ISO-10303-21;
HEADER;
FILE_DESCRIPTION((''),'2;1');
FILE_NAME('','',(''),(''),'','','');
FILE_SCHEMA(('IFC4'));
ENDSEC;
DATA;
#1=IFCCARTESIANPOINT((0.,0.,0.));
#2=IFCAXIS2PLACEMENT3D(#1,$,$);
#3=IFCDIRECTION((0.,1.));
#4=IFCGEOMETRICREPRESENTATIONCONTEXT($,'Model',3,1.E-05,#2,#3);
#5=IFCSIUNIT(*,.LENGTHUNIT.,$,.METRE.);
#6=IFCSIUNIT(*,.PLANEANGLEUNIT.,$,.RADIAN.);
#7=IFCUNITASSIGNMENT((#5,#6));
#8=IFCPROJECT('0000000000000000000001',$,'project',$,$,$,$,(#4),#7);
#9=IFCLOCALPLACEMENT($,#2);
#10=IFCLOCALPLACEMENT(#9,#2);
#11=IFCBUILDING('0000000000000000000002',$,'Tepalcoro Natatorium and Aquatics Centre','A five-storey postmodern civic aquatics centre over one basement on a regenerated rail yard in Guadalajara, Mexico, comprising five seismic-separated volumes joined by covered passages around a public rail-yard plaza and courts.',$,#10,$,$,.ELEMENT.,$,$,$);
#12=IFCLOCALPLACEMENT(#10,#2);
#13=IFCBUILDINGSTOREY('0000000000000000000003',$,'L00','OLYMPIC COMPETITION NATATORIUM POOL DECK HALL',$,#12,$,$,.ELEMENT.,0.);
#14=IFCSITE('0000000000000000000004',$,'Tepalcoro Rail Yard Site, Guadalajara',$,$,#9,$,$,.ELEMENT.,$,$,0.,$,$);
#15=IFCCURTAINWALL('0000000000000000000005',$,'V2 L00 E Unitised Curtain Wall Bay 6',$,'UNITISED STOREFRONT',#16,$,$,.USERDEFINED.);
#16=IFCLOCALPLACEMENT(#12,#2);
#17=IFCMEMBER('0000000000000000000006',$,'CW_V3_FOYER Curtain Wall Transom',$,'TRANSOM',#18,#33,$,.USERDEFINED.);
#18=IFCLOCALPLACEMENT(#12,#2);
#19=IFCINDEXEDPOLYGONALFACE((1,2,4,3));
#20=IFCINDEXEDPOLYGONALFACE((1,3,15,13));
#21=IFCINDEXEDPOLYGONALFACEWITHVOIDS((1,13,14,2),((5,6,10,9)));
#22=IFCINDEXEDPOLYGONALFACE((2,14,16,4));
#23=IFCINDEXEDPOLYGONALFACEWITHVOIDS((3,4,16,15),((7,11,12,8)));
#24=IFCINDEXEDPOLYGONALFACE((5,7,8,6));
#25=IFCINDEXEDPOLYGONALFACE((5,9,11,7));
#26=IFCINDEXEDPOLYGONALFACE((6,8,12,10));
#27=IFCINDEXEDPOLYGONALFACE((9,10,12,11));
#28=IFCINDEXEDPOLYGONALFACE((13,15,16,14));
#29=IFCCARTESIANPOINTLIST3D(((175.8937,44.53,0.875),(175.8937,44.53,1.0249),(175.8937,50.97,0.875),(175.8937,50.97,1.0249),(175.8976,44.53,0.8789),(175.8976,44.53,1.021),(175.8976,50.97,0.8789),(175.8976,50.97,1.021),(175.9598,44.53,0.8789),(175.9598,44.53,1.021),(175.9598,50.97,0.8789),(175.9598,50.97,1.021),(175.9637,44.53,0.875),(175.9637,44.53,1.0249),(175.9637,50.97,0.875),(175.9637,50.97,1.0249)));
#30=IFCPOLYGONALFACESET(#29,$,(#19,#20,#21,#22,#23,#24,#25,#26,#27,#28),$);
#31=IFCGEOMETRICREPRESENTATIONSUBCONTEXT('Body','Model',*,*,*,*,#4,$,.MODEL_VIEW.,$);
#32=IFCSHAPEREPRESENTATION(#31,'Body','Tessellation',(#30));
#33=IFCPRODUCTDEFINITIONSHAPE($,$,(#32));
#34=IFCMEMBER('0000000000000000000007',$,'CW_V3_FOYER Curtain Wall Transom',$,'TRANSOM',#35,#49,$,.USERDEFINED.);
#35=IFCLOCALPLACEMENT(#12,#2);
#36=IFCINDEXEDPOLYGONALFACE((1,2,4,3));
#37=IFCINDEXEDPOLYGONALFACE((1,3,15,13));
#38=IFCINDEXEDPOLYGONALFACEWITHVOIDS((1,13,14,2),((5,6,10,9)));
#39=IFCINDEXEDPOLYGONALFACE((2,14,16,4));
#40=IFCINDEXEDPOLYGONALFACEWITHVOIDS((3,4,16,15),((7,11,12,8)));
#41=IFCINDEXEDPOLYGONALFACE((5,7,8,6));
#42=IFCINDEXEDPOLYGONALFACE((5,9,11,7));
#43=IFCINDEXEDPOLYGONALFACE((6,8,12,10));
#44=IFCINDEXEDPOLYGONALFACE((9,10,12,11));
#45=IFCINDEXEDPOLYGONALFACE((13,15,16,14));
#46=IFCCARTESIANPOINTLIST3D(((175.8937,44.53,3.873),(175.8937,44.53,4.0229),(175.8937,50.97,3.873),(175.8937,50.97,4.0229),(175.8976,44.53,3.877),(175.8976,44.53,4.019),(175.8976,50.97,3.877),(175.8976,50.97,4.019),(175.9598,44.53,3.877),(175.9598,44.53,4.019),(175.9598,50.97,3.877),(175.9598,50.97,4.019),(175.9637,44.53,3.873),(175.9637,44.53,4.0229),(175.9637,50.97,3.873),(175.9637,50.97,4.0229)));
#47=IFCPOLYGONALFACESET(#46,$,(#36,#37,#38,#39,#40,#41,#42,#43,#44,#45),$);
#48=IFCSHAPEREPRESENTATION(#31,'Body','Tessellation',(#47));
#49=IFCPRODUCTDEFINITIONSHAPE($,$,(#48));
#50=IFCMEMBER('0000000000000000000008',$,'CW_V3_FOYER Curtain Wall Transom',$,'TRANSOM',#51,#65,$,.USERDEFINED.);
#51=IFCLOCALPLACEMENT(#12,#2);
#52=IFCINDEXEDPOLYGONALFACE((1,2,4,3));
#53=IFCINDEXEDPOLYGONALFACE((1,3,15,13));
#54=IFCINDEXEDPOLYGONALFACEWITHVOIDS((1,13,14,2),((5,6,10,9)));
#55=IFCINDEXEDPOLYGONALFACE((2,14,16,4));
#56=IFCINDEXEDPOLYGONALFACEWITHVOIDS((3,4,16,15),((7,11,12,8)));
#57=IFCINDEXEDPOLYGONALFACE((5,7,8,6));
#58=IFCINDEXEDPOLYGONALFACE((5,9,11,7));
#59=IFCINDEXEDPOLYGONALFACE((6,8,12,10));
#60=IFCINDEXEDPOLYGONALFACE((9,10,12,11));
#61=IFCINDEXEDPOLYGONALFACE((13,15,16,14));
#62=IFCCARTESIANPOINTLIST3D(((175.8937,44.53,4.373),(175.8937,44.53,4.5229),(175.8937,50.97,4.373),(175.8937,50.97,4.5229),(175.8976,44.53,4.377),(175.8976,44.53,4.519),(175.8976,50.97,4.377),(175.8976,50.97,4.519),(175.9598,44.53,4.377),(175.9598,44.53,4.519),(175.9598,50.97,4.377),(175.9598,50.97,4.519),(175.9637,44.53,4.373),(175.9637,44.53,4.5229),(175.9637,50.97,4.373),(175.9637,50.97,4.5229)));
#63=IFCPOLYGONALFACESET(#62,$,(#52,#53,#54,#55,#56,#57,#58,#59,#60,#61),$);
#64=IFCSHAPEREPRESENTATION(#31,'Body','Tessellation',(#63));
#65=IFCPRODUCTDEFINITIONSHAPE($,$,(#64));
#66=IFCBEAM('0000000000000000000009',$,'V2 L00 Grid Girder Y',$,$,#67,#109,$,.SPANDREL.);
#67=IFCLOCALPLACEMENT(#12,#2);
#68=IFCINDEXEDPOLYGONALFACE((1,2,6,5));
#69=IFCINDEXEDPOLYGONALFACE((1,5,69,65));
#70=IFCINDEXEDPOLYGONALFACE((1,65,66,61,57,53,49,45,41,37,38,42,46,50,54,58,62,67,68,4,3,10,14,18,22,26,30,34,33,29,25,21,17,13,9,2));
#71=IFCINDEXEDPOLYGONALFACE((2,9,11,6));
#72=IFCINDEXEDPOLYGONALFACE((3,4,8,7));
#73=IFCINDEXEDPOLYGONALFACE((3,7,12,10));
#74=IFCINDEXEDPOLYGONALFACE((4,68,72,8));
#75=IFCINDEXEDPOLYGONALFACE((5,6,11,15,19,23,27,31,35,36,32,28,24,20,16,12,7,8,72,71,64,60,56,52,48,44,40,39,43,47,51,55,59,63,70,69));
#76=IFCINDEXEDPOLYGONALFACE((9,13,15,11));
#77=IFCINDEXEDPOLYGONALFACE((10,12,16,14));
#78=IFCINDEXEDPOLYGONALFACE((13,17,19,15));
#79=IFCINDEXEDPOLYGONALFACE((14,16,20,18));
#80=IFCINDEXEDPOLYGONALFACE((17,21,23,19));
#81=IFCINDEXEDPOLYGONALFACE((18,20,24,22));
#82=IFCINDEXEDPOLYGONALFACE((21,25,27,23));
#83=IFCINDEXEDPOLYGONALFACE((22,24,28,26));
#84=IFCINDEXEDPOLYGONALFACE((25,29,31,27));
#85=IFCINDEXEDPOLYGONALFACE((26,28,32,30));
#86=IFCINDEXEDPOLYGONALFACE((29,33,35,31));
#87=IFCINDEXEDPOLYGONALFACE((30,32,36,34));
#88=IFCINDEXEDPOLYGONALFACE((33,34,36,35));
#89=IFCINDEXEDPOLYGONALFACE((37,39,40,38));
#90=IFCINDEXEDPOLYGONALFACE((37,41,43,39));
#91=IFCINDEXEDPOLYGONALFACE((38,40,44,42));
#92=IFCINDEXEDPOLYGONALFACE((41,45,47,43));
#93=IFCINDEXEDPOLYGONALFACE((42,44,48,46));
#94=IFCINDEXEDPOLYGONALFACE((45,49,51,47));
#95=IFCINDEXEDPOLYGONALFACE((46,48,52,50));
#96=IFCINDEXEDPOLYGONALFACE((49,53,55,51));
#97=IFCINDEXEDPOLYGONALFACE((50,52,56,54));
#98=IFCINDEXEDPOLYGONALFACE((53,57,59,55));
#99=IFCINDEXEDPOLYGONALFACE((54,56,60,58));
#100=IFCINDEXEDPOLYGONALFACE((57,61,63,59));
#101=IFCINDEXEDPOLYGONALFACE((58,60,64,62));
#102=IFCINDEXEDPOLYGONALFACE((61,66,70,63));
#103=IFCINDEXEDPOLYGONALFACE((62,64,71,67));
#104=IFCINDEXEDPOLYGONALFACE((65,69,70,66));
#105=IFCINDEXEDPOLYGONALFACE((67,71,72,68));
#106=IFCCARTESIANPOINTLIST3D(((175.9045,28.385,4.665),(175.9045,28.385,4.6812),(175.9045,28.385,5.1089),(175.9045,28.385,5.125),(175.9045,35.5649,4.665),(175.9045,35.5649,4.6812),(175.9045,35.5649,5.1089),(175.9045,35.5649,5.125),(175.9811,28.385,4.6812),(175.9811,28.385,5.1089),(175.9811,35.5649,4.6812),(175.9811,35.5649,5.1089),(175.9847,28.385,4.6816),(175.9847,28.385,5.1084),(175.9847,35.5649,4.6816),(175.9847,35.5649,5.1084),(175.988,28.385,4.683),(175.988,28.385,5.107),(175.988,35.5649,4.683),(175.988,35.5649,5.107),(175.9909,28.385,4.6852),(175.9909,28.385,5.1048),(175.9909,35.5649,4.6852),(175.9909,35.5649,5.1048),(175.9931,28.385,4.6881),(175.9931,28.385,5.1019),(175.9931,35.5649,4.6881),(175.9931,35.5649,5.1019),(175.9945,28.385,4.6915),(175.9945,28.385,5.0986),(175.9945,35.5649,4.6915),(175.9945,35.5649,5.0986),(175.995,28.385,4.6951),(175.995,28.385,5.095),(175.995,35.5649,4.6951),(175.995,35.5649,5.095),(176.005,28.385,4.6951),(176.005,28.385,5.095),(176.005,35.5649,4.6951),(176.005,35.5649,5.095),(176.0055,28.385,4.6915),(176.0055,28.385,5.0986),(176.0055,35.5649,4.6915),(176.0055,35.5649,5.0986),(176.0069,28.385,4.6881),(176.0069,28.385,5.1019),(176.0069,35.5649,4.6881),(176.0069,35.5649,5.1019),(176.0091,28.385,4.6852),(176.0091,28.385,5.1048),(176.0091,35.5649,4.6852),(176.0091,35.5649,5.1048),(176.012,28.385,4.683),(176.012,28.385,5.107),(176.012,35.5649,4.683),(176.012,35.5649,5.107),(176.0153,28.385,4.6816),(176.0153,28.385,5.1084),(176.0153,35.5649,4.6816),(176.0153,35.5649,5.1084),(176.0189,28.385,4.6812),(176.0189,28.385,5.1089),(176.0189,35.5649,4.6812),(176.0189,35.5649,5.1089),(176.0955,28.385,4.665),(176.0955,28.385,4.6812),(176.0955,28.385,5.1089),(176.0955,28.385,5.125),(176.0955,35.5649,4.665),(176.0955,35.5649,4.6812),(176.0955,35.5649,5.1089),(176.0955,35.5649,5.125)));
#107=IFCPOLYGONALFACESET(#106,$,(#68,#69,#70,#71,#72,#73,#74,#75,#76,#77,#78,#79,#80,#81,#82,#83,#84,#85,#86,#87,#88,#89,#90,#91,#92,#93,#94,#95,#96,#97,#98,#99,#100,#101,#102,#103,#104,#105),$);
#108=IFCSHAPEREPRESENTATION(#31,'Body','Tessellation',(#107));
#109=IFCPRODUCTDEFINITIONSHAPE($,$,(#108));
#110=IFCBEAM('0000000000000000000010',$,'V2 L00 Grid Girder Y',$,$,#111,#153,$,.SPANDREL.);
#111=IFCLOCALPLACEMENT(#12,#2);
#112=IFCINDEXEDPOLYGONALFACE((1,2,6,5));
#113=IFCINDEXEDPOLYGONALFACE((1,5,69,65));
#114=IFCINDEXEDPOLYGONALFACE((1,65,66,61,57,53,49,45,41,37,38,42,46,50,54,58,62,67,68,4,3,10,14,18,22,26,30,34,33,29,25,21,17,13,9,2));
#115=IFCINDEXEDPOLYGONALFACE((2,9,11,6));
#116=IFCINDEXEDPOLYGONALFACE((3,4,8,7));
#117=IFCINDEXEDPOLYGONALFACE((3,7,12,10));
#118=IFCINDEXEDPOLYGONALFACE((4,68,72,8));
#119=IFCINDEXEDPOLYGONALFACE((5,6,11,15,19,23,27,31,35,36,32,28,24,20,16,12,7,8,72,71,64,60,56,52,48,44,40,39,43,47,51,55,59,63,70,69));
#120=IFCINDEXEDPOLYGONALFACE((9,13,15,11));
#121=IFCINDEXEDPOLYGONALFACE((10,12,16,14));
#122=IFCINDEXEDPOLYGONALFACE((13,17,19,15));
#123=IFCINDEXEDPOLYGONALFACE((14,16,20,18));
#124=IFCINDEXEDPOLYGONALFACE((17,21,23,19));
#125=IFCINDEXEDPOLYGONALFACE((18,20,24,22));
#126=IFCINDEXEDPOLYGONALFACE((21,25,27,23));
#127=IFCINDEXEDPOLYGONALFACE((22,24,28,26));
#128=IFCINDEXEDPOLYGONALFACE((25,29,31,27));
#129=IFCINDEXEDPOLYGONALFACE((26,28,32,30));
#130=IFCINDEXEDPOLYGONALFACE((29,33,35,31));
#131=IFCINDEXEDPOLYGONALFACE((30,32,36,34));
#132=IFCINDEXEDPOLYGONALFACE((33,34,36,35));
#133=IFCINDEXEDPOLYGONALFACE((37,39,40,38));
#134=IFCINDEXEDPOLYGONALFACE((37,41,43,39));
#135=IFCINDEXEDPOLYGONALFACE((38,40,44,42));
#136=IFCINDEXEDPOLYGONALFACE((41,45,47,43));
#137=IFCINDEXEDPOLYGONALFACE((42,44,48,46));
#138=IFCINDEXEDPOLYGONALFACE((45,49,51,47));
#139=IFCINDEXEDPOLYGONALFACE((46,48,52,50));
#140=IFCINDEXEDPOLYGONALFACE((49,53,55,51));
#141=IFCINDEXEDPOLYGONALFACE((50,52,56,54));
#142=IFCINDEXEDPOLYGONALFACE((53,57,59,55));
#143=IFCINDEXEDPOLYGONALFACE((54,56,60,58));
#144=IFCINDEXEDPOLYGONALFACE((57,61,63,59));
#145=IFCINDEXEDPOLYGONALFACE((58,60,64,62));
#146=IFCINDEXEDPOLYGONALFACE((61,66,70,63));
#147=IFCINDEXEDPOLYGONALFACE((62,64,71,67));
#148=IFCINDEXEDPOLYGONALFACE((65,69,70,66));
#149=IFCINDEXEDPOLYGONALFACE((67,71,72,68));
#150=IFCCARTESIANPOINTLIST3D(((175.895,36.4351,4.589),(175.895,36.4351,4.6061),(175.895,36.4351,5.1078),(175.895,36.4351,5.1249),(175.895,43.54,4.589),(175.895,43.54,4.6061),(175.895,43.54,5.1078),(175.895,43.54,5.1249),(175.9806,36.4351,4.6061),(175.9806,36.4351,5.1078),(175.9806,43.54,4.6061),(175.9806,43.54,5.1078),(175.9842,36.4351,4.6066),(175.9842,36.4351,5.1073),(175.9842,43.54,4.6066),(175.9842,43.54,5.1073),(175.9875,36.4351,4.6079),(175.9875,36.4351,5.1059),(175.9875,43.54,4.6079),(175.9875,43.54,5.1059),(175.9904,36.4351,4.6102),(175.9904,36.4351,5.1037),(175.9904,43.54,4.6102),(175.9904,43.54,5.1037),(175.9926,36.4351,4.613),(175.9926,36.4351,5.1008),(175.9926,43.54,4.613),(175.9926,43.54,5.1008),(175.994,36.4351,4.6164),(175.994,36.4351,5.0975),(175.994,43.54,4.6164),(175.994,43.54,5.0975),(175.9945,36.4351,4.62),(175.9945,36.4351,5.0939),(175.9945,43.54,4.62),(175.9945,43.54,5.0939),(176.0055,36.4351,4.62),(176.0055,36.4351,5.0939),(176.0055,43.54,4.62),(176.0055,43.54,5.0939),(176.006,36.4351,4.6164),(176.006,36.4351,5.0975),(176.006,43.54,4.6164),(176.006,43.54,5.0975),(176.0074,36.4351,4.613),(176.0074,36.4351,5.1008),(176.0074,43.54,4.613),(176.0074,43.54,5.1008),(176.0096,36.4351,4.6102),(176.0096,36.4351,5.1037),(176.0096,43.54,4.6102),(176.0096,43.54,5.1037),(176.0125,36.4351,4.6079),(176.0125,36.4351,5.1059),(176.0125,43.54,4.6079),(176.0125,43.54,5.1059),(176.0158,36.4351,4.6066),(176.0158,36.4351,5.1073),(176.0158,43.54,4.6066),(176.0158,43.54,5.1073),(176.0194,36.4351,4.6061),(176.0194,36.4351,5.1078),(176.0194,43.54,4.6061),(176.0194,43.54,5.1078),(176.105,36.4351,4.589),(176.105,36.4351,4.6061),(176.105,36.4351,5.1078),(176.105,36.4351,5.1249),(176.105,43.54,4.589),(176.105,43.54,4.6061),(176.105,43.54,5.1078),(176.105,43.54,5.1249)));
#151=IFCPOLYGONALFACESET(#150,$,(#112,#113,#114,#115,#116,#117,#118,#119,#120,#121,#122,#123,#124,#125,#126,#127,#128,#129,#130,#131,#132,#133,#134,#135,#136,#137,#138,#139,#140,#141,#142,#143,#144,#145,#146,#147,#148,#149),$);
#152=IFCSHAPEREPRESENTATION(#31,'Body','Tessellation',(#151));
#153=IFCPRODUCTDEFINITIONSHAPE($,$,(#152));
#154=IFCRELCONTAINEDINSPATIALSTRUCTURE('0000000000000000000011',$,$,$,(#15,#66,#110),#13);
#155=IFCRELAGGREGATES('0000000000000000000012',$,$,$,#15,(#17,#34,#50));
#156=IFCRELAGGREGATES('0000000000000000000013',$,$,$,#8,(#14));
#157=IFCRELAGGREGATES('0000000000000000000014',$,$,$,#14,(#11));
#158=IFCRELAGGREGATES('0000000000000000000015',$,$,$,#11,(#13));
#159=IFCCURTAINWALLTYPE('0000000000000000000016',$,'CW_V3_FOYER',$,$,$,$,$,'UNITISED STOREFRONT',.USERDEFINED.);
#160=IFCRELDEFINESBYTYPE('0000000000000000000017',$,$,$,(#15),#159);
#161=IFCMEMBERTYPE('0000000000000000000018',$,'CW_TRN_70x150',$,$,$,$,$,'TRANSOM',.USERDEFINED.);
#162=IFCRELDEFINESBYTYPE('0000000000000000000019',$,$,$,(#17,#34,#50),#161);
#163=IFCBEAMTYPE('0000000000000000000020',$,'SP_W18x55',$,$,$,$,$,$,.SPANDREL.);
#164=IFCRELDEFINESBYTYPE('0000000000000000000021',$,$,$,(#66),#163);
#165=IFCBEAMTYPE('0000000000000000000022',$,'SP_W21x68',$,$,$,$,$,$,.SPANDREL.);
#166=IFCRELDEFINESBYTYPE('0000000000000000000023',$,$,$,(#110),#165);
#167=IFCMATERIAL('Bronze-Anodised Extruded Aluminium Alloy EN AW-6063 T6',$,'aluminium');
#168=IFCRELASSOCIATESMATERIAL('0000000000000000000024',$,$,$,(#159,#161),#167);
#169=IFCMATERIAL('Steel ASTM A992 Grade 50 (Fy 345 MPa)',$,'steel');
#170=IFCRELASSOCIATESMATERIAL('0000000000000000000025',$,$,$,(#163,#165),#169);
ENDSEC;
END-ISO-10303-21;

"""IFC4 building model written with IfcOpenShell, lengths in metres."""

from ifc_helpers import new_model, si_unit, direction, frame, origin, origin_2d, place, context, subcontext, project, spatial, hollow_rectangle, i_section, extrude, material, material_profile, profile_set, type_object, element, aggregate, save


model = new_model("IFC4")

# Units and contexts
model_context = context("Model", 3, precision=1e-05, world=origin(), true_north=direction((0.0, 1.0)))
body_context = subcontext(model_context, "Body", "Model", "MODEL_VIEW")
ifc_project = project(units=[si_unit("LENGTHUNIT", "METRE"), si_unit("PLANEANGLEUNIT", "RADIAN")], contexts=[model_context])

# Site, building, storey
site_placement = place(None, origin())
site = spatial("IfcSite", under=ifc_project, at=site_placement, Name="Tepalcoro Rail Yard Site, Guadalajara", CompositionType="ELEMENT", RefElevation=0.0)
building_placement = place(site_placement, origin())
building = spatial("IfcBuilding", under=site, at=building_placement, Name="Tepalcoro Natatorium and Aquatics Centre", Description="A five-storey postmodern civic aquatics centre over one basement on a regenerated rail yard in Guadalajara, Mexico, comprising five seismic-separated volumes joined by covered passages around a public rail-yard plaza and courts.", CompositionType="ELEMENT")
storey_placement = place(building_placement, origin())
storey = spatial("IfcBuildingStorey", under=building, at=storey_placement, Name="L00", Description="OLYMPIC COMPETITION NATATORIUM POOL DECK HALL", CompositionType="ELEMENT", Elevation=0.0)

# Curtain wall, members
ifc_material_1 = material(Name="Bronze-Anodised Extruded Aluminium Alloy EN AW-6063 T6", Category="aluminium")
curtain_wall_type_1 = type_object("IfcCurtainWallType", Name="CW_V3_FOYER", ElementType="UNITISED STOREFRONT", PredefinedType="USERDEFINED", material=ifc_material_1)
curtain_wall_1_placement = place(storey_placement, origin())
curtain_wall_1 = element("IfcCurtainWall", 1, at=curtain_wall_1_placement, inside=storey, type_object=curtain_wall_type_1, Name="V2 L00 E Unitised Curtain Wall Bay 6", ObjectType="UNITISED STOREFRONT", PredefinedType="USERDEFINED")
ifc_material_profile_1 = material_profile(ifc_material_1, hollow_rectangle(XDim=0.0701, YDim=0.1499, WallThickness=0.0039, at=origin_2d()), Name="AL70X150X4")
ifc_profile_set_1 = profile_set([ifc_material_profile_1], Name="Bronze-Anodised Extruded Aluminium Alloy EN AW-6063 T6")
member_type_1 = type_object("IfcMemberType", Name="CW_TRN_70x150", ElementType="TRANSOM", PredefinedType="USERDEFINED", material=ifc_profile_set_1)
member_1_placement = place(storey_placement, frame((175.9287, 44.53, 0.95), z_axis=(0.0, 1.0, 0.0), x_axis=(-1.0, 0.0, 0.0)))
member_1 = element("IfcMember", 2, at=member_1_placement, type_object=member_type_1, Name="CW_V3_FOYER Curtain Wall Transom", ObjectType="TRANSOM", PredefinedType="USERDEFINED", context=body_context, shape_type="SweptSolid", body=[
    extrude(hollow_rectangle(XDim=0.0701, YDim=0.1499, WallThickness=0.0039, at=origin_2d()), origin(), (0.0, 0.0, 1.0), 6.4399),
])
member_2_placement = place(storey_placement, frame((175.9287, 44.53, 3.948), z_axis=(0.0, 1.0, 0.0), x_axis=(-1.0, 0.0, 0.0)))
member_2 = element("IfcMember", 3, at=member_2_placement, type_object=member_type_1, Name="CW_V3_FOYER Curtain Wall Transom", ObjectType="TRANSOM", PredefinedType="USERDEFINED", context=body_context, shape_type="SweptSolid", body=[
    extrude(hollow_rectangle(XDim=0.0701, YDim=0.1499, WallThickness=0.0039, at=origin_2d()), origin(), (0.0, 0.0, 1.0), 6.4399),
])
member_3_placement = place(storey_placement, frame((175.9287, 44.53, 4.448), z_axis=(0.0, 1.0, 0.0), x_axis=(-1.0, 0.0, 0.0)))
member_3 = element("IfcMember", 4, at=member_3_placement, type_object=member_type_1, Name="CW_V3_FOYER Curtain Wall Transom", ObjectType="TRANSOM", PredefinedType="USERDEFINED", context=body_context, shape_type="SweptSolid", body=[
    extrude(hollow_rectangle(XDim=0.0701, YDim=0.1499, WallThickness=0.0039, at=origin_2d()), origin(), (0.0, 0.0, 1.0), 6.4399),
])

# Beams
ifc_material_2 = material(Name="Steel ASTM A992 Grade 50 (Fy 345 MPa)", Category="steel")
ifc_material_profile_2 = material_profile(ifc_material_2, i_section(OverallWidth=0.1909, OverallDepth=0.46, WebThickness=0.01, FlangeThickness=0.0161, FilletRadius=0.0139, at=origin_2d()), Name="W18X55")
ifc_profile_set_2 = profile_set([ifc_material_profile_2], Name="Steel ASTM A992 Grade 50 (Fy 345 MPa)")
beam_type_1 = type_object("IfcBeamType", Name="SP_W18x55", PredefinedType="SPANDREL", material=ifc_profile_set_2)
beam_1_placement = place(storey_placement, frame((176.0, 28.385, 4.895), z_axis=(0.0, 1.0, 0.0), x_axis=(-1.0, 0.0, 0.0)))
element("IfcBeam", 5, at=beam_1_placement, inside=storey, type_object=beam_type_1, Name="V2 L00 Grid Girder Y", PredefinedType="SPANDREL", context=body_context, shape_type="SweptSolid", body=[
    extrude(i_section(OverallWidth=0.1909, OverallDepth=0.46, WebThickness=0.01, FlangeThickness=0.0161, FilletRadius=0.0139, at=origin_2d()), origin(), (0.0, 0.0, 1.0), 7.1799),
])
ifc_material_profile_3 = material_profile(ifc_material_2, i_section(OverallWidth=0.21, OverallDepth=0.5359, WebThickness=0.011, FlangeThickness=0.0171, FilletRadius=0.0139, at=origin_2d()), Name="W21X68")
ifc_profile_set_3 = profile_set([ifc_material_profile_3], Name="Steel ASTM A992 Grade 50 (Fy 345 MPa)")
beam_type_2 = type_object("IfcBeamType", Name="SP_W21x68", PredefinedType="SPANDREL", material=ifc_profile_set_3)
beam_2_placement = place(storey_placement, frame((176.0, 36.4351, 4.8569), z_axis=(0.0, 1.0, 0.0), x_axis=(-1.0, 0.0, 0.0)))
element("IfcBeam", 6, at=beam_2_placement, inside=storey, type_object=beam_type_2, Name="V2 L00 Grid Girder Y", PredefinedType="SPANDREL", context=body_context, shape_type="SweptSolid", body=[
    extrude(i_section(OverallWidth=0.21, OverallDepth=0.5359, WebThickness=0.011, FlangeThickness=0.0171, FilletRadius=0.0139, at=origin_2d()), origin(), (0.0, 0.0, 1.0), 7.105),
])

aggregate(curtain_wall_1, [member_1, member_2, member_3])

save(model, "model.ifc")
